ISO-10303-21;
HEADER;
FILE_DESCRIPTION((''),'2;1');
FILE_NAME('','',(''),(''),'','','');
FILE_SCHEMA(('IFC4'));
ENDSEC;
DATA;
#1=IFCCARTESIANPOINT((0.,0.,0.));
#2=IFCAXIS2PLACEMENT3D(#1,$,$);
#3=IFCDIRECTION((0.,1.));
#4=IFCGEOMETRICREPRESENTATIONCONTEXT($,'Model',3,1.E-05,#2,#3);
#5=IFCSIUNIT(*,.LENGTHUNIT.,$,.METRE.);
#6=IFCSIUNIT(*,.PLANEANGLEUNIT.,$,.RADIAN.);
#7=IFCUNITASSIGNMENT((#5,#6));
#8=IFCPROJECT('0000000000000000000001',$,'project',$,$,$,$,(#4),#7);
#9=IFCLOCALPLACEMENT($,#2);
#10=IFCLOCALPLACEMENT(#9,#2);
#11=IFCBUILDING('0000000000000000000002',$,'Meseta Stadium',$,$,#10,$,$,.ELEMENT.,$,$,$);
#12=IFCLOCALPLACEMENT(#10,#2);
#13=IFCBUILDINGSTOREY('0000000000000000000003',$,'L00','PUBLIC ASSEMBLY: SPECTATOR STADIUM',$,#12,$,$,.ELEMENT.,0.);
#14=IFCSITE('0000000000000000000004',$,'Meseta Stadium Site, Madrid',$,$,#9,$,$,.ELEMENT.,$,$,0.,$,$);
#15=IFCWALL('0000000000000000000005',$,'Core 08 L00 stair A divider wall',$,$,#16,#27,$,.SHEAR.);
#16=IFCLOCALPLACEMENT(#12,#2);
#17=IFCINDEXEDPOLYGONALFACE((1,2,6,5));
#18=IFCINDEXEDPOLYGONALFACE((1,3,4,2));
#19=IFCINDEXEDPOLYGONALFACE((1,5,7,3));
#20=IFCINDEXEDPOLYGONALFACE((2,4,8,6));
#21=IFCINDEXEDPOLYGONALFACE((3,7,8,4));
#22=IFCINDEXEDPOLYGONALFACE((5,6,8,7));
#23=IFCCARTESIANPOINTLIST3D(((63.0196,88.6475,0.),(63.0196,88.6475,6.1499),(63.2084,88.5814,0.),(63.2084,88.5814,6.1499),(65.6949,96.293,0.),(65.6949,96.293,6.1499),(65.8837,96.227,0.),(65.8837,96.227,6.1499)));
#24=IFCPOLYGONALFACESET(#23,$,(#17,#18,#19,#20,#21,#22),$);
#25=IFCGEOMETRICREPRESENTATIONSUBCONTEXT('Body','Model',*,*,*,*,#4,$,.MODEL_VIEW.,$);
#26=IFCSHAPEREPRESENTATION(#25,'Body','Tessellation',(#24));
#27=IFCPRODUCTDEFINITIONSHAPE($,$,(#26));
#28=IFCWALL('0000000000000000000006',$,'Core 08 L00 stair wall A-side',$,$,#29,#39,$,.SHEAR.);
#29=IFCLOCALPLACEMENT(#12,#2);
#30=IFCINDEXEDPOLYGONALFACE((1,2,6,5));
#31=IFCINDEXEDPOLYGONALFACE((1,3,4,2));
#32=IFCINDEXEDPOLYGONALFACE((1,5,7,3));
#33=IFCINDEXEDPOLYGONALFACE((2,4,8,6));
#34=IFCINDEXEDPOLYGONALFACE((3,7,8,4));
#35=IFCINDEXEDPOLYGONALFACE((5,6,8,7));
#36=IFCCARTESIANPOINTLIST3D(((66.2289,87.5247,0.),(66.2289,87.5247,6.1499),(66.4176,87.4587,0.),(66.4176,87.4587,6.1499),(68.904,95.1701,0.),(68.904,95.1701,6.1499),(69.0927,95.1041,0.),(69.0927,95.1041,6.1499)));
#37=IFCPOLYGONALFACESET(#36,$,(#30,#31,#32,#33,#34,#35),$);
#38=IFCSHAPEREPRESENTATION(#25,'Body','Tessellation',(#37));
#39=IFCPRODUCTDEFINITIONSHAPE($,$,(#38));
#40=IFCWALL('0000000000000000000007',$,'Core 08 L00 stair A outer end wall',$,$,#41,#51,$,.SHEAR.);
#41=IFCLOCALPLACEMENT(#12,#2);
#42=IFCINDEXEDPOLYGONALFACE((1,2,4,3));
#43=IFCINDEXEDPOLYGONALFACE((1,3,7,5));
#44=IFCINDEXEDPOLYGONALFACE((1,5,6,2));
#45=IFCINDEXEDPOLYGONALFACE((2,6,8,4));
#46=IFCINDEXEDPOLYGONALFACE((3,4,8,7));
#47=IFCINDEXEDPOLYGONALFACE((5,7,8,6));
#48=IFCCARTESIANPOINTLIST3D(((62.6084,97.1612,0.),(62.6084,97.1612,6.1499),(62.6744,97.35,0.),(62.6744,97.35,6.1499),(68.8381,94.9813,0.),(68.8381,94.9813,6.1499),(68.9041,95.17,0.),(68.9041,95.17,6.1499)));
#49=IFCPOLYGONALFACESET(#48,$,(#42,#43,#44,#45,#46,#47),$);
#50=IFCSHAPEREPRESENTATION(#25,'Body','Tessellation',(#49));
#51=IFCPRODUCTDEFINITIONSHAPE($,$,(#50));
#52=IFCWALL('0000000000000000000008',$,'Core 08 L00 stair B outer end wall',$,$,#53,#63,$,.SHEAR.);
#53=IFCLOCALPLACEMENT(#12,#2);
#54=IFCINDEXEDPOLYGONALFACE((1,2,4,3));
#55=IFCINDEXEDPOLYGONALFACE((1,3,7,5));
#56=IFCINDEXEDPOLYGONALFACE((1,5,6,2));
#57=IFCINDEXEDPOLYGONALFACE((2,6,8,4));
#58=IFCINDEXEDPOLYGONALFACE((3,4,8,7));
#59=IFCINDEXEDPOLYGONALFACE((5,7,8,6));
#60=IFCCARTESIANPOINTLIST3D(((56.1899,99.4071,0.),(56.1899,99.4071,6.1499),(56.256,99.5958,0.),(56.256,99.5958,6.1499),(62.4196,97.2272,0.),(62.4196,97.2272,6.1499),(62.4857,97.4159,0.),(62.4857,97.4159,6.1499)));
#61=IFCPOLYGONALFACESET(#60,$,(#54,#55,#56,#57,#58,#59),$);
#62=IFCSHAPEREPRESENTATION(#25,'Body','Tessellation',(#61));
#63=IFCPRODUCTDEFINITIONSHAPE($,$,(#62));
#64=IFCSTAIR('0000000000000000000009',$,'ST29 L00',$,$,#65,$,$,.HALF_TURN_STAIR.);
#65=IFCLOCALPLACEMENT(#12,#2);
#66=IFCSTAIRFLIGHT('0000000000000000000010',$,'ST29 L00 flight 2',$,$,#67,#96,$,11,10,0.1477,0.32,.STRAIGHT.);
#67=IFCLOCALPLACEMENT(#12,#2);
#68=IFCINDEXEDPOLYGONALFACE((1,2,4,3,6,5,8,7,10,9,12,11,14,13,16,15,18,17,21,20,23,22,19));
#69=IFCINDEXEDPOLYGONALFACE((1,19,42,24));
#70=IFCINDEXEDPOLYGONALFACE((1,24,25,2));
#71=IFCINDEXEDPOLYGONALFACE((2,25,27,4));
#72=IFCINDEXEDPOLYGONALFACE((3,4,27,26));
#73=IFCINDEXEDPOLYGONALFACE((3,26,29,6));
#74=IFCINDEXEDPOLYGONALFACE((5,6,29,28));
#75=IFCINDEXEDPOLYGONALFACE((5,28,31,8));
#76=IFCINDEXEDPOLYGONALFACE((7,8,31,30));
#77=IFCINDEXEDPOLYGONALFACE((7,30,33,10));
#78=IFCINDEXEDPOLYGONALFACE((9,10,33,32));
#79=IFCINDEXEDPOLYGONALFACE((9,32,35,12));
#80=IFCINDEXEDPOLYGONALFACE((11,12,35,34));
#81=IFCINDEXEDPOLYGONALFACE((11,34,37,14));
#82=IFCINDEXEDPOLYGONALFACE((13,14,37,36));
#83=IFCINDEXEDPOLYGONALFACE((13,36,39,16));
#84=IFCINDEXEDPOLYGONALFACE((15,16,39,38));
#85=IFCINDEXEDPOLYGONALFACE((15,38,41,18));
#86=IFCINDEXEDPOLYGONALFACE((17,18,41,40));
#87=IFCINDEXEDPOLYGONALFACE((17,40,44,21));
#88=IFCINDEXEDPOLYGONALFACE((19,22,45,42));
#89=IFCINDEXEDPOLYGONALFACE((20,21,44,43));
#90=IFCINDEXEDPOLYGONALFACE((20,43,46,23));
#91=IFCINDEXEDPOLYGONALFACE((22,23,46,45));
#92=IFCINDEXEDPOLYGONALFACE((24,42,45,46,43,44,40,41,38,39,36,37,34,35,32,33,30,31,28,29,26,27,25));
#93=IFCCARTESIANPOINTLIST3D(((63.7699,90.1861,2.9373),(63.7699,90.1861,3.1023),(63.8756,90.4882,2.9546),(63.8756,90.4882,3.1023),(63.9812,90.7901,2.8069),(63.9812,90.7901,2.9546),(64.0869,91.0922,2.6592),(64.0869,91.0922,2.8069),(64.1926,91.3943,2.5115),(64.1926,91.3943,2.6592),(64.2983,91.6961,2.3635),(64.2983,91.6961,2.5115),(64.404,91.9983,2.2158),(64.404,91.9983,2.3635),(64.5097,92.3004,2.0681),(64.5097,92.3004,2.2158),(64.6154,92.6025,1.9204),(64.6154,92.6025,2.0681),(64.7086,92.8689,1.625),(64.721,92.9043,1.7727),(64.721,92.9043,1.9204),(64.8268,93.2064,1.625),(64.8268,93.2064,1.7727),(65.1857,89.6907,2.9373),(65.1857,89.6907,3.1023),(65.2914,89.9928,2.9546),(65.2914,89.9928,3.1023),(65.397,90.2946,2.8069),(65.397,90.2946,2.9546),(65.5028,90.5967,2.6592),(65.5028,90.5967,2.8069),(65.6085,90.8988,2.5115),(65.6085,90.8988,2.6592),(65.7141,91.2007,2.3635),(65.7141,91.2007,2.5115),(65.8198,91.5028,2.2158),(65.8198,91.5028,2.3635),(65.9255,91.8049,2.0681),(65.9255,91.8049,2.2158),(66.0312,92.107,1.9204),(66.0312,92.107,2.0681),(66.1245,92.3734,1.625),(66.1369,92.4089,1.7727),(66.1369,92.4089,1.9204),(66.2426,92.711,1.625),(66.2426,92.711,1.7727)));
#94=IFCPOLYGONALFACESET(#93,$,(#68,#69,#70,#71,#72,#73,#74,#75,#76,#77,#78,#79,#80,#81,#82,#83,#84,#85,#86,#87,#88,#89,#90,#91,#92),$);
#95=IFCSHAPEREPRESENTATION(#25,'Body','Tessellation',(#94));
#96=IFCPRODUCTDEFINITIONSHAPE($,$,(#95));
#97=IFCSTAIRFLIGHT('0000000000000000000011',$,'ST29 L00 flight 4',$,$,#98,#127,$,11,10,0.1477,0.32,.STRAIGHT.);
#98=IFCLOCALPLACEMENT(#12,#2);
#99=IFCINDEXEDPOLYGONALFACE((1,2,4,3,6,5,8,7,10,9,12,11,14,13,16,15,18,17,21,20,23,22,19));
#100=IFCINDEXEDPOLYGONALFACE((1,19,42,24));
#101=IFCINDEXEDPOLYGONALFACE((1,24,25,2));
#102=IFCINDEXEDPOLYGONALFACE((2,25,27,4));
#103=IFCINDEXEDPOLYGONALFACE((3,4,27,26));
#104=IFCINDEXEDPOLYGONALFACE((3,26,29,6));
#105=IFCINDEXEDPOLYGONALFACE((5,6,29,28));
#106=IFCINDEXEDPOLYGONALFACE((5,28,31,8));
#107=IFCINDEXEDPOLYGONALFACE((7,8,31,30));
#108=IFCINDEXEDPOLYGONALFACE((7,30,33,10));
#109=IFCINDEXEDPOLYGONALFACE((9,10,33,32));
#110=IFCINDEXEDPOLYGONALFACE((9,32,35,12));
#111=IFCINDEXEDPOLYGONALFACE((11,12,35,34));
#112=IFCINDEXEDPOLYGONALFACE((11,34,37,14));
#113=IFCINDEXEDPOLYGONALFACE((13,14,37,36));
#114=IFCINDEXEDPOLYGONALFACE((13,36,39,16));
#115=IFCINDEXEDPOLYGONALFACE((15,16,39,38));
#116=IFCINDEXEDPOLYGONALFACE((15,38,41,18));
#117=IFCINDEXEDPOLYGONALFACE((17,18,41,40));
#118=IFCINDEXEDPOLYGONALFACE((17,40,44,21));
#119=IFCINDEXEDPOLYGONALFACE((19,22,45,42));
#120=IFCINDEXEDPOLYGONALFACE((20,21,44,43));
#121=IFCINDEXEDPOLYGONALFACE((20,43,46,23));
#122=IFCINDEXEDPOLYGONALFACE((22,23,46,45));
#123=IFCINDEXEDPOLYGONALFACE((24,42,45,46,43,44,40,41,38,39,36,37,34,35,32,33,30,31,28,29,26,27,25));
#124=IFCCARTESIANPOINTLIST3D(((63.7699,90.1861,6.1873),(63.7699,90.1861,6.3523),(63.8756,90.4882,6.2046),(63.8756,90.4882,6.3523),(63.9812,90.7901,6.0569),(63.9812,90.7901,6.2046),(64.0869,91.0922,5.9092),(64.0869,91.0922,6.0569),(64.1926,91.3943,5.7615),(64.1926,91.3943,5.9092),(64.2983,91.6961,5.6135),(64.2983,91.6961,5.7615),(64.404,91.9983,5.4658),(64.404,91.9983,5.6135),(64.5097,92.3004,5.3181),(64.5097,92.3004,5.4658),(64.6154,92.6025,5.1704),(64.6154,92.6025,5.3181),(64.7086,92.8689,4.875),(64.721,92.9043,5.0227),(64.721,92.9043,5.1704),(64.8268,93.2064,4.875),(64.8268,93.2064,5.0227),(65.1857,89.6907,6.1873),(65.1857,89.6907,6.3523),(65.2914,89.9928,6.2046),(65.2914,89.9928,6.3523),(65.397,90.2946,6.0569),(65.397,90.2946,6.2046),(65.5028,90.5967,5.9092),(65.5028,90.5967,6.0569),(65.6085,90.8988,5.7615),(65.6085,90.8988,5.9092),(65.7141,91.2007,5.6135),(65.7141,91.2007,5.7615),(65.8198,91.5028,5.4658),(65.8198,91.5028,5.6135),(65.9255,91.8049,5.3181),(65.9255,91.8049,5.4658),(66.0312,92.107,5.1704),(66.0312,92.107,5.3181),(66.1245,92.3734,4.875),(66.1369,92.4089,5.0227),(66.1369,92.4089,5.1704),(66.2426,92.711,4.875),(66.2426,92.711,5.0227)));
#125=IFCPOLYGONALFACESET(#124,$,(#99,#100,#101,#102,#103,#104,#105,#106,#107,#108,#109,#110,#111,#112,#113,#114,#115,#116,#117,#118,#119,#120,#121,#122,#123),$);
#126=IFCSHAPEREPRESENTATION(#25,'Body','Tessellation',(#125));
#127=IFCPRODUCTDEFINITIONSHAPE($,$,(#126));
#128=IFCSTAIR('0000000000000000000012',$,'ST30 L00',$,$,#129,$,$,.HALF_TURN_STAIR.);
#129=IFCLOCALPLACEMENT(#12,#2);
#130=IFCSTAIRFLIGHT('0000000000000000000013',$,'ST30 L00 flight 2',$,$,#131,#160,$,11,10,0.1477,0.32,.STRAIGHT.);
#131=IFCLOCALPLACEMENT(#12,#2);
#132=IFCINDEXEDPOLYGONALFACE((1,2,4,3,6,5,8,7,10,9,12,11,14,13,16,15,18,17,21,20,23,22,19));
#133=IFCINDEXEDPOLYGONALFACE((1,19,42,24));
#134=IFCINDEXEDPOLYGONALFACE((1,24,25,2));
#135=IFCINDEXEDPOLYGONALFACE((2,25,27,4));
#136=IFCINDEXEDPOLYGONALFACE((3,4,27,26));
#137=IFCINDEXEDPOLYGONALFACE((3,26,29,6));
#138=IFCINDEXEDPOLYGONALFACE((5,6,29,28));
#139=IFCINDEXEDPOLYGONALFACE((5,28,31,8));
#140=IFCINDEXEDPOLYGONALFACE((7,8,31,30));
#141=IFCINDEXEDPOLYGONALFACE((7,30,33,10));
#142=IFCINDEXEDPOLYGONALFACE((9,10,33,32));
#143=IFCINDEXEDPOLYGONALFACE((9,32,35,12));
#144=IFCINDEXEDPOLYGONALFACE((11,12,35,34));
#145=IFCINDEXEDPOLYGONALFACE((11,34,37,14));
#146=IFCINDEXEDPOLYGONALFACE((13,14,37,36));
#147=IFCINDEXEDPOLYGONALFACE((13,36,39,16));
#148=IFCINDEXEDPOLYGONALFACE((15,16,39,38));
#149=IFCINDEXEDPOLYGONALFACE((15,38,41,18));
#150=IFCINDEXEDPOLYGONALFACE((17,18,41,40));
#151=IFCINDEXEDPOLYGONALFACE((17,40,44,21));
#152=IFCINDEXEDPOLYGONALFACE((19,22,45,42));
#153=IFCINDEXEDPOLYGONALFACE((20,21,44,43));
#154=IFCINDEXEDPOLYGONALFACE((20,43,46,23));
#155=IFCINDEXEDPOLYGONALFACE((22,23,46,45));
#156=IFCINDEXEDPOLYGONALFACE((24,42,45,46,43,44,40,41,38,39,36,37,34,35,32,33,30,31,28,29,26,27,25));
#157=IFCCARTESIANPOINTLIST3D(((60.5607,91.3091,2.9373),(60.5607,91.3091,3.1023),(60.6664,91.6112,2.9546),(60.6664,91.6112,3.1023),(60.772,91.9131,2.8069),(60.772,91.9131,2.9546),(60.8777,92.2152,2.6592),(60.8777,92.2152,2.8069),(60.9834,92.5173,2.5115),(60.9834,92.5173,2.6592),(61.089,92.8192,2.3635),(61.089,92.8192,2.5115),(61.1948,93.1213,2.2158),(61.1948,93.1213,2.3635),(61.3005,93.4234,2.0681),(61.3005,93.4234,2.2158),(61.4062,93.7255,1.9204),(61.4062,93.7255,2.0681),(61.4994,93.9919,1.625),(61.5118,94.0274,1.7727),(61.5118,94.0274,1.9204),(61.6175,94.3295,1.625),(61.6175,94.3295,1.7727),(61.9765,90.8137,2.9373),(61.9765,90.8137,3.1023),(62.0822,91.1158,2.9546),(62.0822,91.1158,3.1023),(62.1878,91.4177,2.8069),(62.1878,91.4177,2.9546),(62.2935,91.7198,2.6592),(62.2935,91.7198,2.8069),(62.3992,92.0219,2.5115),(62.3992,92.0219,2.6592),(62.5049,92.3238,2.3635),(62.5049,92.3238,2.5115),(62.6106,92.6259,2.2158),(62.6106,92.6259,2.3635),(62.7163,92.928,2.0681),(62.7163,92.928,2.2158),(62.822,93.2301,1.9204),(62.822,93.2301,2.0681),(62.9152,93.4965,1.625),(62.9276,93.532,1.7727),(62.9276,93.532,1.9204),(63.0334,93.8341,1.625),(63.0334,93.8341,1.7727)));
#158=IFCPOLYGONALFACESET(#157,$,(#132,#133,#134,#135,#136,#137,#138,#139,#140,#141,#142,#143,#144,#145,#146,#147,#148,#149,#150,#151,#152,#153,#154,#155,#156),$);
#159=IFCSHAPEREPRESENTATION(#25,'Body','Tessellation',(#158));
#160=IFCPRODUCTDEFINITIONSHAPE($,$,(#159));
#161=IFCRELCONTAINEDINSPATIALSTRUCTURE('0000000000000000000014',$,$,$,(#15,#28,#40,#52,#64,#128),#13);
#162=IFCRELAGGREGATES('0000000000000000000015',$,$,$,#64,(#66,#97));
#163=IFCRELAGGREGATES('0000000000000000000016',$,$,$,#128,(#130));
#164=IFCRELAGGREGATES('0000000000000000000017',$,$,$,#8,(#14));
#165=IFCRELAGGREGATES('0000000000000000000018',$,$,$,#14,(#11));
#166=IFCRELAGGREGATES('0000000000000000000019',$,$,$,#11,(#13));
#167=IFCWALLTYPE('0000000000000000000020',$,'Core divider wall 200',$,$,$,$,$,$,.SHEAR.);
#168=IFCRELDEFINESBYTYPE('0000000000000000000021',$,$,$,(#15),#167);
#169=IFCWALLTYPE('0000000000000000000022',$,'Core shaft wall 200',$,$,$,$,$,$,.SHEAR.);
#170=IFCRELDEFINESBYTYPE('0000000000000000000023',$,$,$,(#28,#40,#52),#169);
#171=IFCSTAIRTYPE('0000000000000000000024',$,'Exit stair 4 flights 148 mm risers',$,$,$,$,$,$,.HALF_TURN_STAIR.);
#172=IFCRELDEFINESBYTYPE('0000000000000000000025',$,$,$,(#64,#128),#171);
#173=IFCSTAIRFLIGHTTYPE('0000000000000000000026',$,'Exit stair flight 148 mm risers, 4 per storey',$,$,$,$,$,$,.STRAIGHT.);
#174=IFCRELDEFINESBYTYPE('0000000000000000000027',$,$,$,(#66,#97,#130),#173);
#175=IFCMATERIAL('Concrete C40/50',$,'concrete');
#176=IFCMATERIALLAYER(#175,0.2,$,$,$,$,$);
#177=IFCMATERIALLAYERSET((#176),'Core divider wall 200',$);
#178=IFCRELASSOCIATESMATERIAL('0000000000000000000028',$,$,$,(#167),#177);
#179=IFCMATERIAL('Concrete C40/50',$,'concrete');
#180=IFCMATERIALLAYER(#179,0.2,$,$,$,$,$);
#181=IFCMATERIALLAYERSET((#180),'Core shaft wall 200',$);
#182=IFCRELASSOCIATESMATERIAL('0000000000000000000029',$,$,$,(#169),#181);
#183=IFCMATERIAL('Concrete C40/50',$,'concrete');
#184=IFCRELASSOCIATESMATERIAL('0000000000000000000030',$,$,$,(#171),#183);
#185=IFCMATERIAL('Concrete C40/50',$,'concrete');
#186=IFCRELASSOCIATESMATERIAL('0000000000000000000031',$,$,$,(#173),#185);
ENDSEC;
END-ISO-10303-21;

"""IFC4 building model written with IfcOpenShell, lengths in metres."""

from ifc_helpers import new_model, si_unit, direction, frame, frame_2d, origin, place, context, subcontext, project, spatial, polyline, rectangle, outline, extrude, material, layer, layer_set, type_object, element, aggregate, save


model = new_model("IFC4")

# Units and contexts
model_context = context("Model", 3, precision=1e-05, world=origin(), true_north=direction((0.0, 1.0)))
body_context = subcontext(model_context, "Body", "Model", "MODEL_VIEW")
ifc_project = project(units=[si_unit("LENGTHUNIT", "METRE"), si_unit("PLANEANGLEUNIT", "RADIAN")], contexts=[model_context])

# Site, building, storey
site_placement = place(None, origin())
site = spatial("IfcSite", under=ifc_project, at=site_placement, Name="Meseta Stadium Site, Madrid", CompositionType="ELEMENT", RefElevation=0.0)
building_placement = place(site_placement, origin())
building = spatial("IfcBuilding", under=site, at=building_placement, Name="Meseta Stadium", CompositionType="ELEMENT")
storey_placement = place(building_placement, origin())
storey = spatial("IfcBuildingStorey", under=building, at=storey_placement, Name="L00", Description="PUBLIC ASSEMBLY: SPECTATOR STADIUM", CompositionType="ELEMENT", Elevation=0.0)

# Walls
ifc_material_1 = material(Name="Concrete C40/50", Category="concrete")
ifc_layer_1 = layer(ifc_material_1, 0.2)
ifc_layer_set_1 = layer_set([ifc_layer_1], Name="Core divider wall 200")
wall_type_1 = type_object("IfcWallType", Name="Core divider wall 200", PredefinedType="SHEAR", material=ifc_layer_set_1)
wall_1_placement = place(storey_placement, frame((65.7893, 96.26, 0.0), z_axis=(0.0, 0.0, 1.0), x_axis=(-0.330281, -0.943883, 0.0)))
element("IfcWall", 1, at=wall_1_placement, inside=storey, type_object=wall_type_1, Name="Core 08 L00 stair A divider wall", PredefinedType="SHEAR", context=body_context, shape_type="SweptSolid", body=[
    extrude(rectangle(XDim=8.1001, YDim=0.2, at=frame_2d((4.05, 0.0))), origin(), (0.0, 0.0, 1.0), 6.1499),
])
ifc_material_2 = material(Name="Concrete C40/50", Category="concrete")
ifc_layer_2 = layer(ifc_material_2, 0.2)
ifc_layer_set_2 = layer_set([ifc_layer_2], Name="Core shaft wall 200")
wall_type_2 = type_object("IfcWallType", Name="Core shaft wall 200", PredefinedType="SHEAR", material=ifc_layer_set_2)
wall_2_placement = place(storey_placement, frame((68.9983, 95.137, 0.0), z_axis=(0.0, 0.0, 1.0), x_axis=(-0.330263, -0.943889, 0.0)))
element("IfcWall", 2, at=wall_2_placement, inside=storey, type_object=wall_type_2, Name="Core 08 L00 stair wall A-side", PredefinedType="SHEAR", context=body_context, shape_type="SweptSolid", body=[
    extrude(rectangle(XDim=8.0999, YDim=0.2, at=frame_2d((4.0498, 0.0))), origin(), (0.0, 0.0, 1.0), 6.1499),
])
for number, where, z_axis, x_axis, name in (
    (3, (68.8711, 95.0757, 0.0), (0.0, 0.0, 1.0), (-0.943881, 0.330286, 0.0), "Core 08 L00 stair A outer end wall"),
    (4, (62.4526, 97.3215, 0.0), (0.0, 0.0, 1.0), (-0.943881, 0.330286, 0.0), "Core 08 L00 stair B outer end wall"),
):
    element("IfcWall", number, at=place(storey_placement, frame(where, z_axis=z_axis, x_axis=x_axis)), inside=storey, type_object=wall_type_2, Name=name, PredefinedType="SHEAR", context=body_context, shape_type="SweptSolid", body=[
        extrude(rectangle(XDim=6.6001, YDim=0.2, at=frame_2d((3.3, 0.0))), origin(), (0.0, 0.0, 1.0), 6.1499),
    ])

# Stairs, stair flights
ifc_material_3 = material(Name="Concrete C40/50", Category="concrete")
stair_type = type_object("IfcStairType", Name="Exit stair 4 flights 148 mm risers", PredefinedType="HALF_TURN_STAIR", material=ifc_material_3)
stair_1_placement = place(storey_placement, origin())
stair_1 = element("IfcStair", 5, at=stair_1_placement, inside=storey, type_object=stair_type, Name="ST29 L00", PredefinedType="HALF_TURN_STAIR")
ifc_material_4 = material(Name="Concrete C40/50", Category="concrete")
stair_flight_type = type_object("IfcStairFlightType", Name="Exit stair flight 148 mm risers, 4 per storey", PredefinedType="STRAIGHT", material=ifc_material_4)
stair_flight_1_placement = place(storey_placement, frame((65.5347, 92.9587, 1.625), z_axis=(0.0, 0.0, 1.0), x_axis=(-0.330279, -0.943883, 0.0)))
stair_flight_1 = element("IfcStairFlight", 6, at=stair_flight_1_placement, type_object=stair_flight_type, Name="ST29 L00 flight 2", NumberOfRisers=11, NumberOfTreads=10, PredefinedType="STRAIGHT", RiserHeight=0.1477, TreadLength=0.32, context=body_context, shape_type="SweptSolid", body=[
    extrude(outline(polyline([(0.0, 0.0), (0.0, 0.1477), (0.3201, 0.1477), (0.3201, 0.2954), (0.6399, 0.2954), (0.6399, 0.4431), (0.96, 0.4431), (0.96, 0.5908), (1.28, 0.5908), (1.28, 0.7385), (1.6001, 0.7385), (1.6001, 0.8865), (1.9199, 0.8865), (1.9199, 1.0342), (2.24, 1.0342), (2.24, 1.1819), (2.5601, 1.1819), (2.5601, 1.3296), (2.8799, 1.3296), (2.8799, 1.4773), (3.2, 1.4773), (3.2, 1.3123), (0.3577, 0.0), (0.0, 0.0)])), frame((0.0, 0.75, 0.0), z_axis=(0.0, -1.0, 0.0), x_axis=(1.0, 0.0, 0.0)), (0.0, 0.0, 1.0), 1.5),
])
stair_flight_2_placement = place(storey_placement, frame((65.5347, 92.9587, 4.875), z_axis=(0.0, 0.0, 1.0), x_axis=(-0.330279, -0.943883, 0.0)))
stair_flight_2 = element("IfcStairFlight", 7, at=stair_flight_2_placement, type_object=stair_flight_type, Name="ST29 L00 flight 4", NumberOfRisers=11, NumberOfTreads=10, PredefinedType="STRAIGHT", RiserHeight=0.1477, TreadLength=0.32, context=body_context, shape_type="SweptSolid", body=[
    extrude(outline(polyline([(0.0, 0.0), (0.0, 0.1477), (0.3201, 0.1477), (0.3201, 0.2954), (0.6399, 0.2954), (0.6399, 0.4431), (0.96, 0.4431), (0.96, 0.5908), (1.28, 0.5908), (1.28, 0.7385), (1.6001, 0.7385), (1.6001, 0.8865), (1.9199, 0.8865), (1.9199, 1.0342), (2.24, 1.0342), (2.24, 1.1819), (2.5601, 1.1819), (2.5601, 1.3296), (2.8799, 1.3296), (2.8799, 1.4773), (3.2, 1.4773), (3.2, 1.3123), (0.3577, 0.0), (0.0, 0.0)])), frame((0.0, 0.75, 0.0), z_axis=(0.0, -1.0, 0.0), x_axis=(1.0, 0.0, 0.0)), (0.0, 0.0, 1.0), 1.5),
])
aggregate(stair_1, [stair_flight_1, stair_flight_2])
stair_2_placement = place(storey_placement, origin())
stair_2 = element("IfcStair", 8, at=stair_2_placement, inside=storey, type_object=stair_type, Name="ST30 L00", PredefinedType="HALF_TURN_STAIR")
stair_flight_3_placement = place(storey_placement, frame((62.3254, 94.0818, 1.625), z_axis=(0.0, 0.0, 1.0), x_axis=(-0.330279, -0.943883, 0.0)))
stair_flight_3 = element("IfcStairFlight", 9, at=stair_flight_3_placement, type_object=stair_flight_type, Name="ST30 L00 flight 2", NumberOfRisers=11, NumberOfTreads=10, PredefinedType="STRAIGHT", RiserHeight=0.1477, TreadLength=0.32, context=body_context, shape_type="SweptSolid", body=[
    extrude(outline(polyline([(0.0, 0.0), (0.0, 0.1477), (0.3201, 0.1477), (0.3201, 0.2954), (0.6399, 0.2954), (0.6399, 0.4431), (0.96, 0.4431), (0.96, 0.5908), (1.28, 0.5908), (1.28, 0.7385), (1.6001, 0.7385), (1.6001, 0.8865), (1.9199, 0.8865), (1.9199, 1.0342), (2.24, 1.0342), (2.24, 1.1819), (2.5601, 1.1819), (2.5601, 1.3296), (2.8799, 1.3296), (2.8799, 1.4773), (3.2, 1.4773), (3.2, 1.3123), (0.3577, 0.0), (0.0, 0.0)])), frame((0.0, 0.75, 0.0), z_axis=(0.0, -1.0, 0.0), x_axis=(1.0, 0.0, 0.0)), (0.0, 0.0, 1.0), 1.5),
])
aggregate(stair_2, [stair_flight_3])

save(model, "model.ifc")
